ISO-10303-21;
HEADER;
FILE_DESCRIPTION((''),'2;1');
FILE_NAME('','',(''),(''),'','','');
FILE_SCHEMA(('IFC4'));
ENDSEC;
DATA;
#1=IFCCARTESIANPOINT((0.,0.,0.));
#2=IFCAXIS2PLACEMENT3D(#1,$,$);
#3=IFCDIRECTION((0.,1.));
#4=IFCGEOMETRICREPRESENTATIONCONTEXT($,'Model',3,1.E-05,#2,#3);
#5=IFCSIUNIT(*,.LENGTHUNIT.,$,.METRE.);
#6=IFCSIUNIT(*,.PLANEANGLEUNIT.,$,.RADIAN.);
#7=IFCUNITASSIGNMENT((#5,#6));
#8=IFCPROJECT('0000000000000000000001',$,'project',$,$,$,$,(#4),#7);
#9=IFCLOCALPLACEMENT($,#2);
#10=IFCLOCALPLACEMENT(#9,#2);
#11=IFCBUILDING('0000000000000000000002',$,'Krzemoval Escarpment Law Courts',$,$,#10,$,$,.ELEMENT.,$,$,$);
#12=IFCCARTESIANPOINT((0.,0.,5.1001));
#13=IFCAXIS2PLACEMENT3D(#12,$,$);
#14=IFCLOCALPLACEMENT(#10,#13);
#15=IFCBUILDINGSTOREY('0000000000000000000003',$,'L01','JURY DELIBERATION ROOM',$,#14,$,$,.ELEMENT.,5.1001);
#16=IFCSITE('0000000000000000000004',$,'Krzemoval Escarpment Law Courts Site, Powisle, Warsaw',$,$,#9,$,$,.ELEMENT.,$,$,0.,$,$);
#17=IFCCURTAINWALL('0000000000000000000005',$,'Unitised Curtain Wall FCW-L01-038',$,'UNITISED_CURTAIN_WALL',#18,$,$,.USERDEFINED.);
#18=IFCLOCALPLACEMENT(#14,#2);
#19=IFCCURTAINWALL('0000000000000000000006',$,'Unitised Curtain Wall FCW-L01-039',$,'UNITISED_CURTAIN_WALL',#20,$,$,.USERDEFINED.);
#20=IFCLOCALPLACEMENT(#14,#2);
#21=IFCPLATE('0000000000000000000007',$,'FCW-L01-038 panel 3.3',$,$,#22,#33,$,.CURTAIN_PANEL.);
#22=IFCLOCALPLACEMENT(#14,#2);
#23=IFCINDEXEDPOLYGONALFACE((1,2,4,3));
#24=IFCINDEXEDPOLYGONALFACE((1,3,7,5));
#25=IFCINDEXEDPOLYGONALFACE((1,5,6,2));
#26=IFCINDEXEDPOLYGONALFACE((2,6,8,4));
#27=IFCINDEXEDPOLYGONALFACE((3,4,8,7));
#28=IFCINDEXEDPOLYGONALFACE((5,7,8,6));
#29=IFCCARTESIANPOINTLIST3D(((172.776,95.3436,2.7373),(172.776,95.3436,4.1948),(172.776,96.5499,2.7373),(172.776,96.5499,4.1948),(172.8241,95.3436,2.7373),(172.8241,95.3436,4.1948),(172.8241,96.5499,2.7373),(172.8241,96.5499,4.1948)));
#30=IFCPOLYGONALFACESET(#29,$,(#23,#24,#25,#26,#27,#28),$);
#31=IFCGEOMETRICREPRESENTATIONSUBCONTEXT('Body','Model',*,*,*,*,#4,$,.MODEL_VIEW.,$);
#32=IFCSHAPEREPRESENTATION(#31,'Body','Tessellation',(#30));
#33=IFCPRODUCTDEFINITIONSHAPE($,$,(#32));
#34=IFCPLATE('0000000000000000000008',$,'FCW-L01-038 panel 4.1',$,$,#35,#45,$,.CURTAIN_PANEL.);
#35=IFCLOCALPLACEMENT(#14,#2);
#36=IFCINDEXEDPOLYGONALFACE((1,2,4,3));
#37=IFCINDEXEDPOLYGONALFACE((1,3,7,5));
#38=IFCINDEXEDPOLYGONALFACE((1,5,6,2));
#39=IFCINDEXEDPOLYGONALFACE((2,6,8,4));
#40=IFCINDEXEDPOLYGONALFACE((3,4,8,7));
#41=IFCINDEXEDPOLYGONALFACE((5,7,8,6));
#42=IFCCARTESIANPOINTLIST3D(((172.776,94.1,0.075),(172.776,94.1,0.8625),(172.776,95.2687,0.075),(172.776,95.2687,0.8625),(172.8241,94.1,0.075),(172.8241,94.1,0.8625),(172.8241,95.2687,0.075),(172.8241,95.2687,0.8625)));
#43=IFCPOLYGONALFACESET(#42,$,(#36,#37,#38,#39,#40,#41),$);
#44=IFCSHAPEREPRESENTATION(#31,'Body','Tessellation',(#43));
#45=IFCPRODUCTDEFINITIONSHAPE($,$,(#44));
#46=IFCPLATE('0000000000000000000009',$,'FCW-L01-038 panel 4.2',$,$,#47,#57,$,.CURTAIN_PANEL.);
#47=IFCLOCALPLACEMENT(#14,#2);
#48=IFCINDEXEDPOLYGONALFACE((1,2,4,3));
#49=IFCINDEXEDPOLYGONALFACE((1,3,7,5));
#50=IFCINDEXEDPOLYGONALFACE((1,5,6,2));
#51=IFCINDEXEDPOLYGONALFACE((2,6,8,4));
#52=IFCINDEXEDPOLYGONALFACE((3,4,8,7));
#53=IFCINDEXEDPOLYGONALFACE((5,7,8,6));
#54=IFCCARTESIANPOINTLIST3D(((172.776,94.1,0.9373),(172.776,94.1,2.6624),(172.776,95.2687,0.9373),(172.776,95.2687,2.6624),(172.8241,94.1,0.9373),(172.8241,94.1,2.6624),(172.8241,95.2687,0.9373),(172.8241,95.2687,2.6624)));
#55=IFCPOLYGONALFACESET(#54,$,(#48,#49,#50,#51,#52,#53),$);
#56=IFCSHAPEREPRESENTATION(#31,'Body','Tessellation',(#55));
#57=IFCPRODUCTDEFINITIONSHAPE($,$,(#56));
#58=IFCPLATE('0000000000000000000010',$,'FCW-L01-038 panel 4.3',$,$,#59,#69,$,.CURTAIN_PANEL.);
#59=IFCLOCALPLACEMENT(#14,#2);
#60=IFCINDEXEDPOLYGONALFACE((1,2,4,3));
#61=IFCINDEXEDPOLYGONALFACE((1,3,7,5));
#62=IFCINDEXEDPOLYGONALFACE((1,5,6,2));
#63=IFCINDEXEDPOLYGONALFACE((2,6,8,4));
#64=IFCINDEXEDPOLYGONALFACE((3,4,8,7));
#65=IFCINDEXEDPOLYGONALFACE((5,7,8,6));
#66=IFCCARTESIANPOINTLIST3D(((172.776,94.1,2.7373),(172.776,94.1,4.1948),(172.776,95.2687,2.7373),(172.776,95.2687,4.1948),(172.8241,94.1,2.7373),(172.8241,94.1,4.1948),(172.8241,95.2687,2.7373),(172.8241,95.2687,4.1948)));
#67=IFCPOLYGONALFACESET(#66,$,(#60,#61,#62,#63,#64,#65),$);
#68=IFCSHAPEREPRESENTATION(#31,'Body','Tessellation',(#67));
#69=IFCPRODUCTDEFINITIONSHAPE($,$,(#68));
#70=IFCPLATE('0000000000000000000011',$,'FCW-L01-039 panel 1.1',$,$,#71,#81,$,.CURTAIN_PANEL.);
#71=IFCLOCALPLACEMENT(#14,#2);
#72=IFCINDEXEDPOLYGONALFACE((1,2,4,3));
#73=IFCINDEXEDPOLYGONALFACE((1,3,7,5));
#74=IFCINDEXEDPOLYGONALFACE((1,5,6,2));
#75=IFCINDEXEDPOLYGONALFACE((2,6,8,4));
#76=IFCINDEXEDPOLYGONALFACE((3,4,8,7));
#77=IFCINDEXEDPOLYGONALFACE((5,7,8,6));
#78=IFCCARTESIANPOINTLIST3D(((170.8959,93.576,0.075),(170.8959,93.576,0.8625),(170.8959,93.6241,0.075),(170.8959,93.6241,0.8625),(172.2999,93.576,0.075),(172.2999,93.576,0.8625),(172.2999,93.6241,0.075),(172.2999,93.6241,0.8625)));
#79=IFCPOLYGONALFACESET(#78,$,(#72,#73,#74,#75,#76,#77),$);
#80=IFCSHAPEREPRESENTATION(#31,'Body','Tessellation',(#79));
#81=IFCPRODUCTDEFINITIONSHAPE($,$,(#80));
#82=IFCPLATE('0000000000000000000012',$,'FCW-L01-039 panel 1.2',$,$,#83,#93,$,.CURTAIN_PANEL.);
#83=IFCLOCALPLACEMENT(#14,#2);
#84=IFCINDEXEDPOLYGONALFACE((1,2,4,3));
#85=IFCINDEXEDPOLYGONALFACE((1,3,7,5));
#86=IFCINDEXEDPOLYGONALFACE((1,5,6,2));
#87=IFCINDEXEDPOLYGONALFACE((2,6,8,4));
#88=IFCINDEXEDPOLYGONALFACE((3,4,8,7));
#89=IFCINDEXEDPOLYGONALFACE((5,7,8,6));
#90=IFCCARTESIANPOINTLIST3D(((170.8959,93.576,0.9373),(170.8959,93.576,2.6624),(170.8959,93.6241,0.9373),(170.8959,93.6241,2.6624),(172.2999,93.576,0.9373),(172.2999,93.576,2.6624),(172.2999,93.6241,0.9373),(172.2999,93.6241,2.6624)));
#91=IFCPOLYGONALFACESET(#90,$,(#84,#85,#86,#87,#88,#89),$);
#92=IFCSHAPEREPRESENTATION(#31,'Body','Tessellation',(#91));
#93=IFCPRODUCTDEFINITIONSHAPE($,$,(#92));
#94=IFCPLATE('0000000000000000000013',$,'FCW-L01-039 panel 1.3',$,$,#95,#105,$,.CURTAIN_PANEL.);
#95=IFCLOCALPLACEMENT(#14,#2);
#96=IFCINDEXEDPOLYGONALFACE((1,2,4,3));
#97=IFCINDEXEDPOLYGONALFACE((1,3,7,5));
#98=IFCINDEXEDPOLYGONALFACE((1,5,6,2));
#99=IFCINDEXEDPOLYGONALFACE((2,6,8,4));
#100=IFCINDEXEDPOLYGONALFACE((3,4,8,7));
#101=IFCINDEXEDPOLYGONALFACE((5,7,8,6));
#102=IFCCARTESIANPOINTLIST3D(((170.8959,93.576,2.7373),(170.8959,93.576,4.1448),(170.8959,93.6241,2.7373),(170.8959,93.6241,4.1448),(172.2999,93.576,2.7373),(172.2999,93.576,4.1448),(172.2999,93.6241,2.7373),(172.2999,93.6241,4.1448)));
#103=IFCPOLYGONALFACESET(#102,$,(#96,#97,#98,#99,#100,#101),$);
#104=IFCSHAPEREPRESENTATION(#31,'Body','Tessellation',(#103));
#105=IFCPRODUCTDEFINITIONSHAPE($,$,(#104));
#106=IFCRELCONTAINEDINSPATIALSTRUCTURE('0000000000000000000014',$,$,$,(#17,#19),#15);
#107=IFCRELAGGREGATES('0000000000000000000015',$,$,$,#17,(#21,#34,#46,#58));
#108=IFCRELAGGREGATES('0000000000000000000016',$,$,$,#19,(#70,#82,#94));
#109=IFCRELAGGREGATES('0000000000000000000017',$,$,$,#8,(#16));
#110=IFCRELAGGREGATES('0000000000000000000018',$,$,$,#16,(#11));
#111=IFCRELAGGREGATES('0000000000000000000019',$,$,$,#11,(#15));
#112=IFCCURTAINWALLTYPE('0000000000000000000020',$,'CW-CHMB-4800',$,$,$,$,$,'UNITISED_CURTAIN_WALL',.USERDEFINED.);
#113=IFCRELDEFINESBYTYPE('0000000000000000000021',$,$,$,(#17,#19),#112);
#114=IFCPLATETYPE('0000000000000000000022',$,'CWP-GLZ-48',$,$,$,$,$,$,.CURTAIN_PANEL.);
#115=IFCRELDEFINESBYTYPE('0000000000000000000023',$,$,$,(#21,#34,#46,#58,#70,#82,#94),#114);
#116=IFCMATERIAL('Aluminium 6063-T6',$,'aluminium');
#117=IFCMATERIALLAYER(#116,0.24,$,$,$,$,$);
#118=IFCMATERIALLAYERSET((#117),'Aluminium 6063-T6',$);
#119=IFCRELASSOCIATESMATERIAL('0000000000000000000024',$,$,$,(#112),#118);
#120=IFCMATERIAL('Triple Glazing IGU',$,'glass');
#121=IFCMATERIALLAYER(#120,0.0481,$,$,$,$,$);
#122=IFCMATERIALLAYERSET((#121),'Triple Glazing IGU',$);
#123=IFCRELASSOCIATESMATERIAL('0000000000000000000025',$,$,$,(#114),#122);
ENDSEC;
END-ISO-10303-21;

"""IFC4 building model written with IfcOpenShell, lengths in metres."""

from ifc_helpers import new_model, si_unit, direction, frame, origin, origin_2d, place, context, subcontext, project, spatial, rectangle, extrude, material, layer, layer_set, type_object, element, aggregate, save


model = new_model("IFC4")

# Units and contexts
model_context = context("Model", 3, precision=1e-05, world=origin(), true_north=direction((0.0, 1.0)))
body_context = subcontext(model_context, "Body", "Model", "MODEL_VIEW")
ifc_project = project(units=[si_unit("LENGTHUNIT", "METRE"), si_unit("PLANEANGLEUNIT", "RADIAN")], contexts=[model_context])

# Site, building, storey
site_placement = place(None, origin())
site = spatial("IfcSite", under=ifc_project, at=site_placement, Name="Krzemoval Escarpment Law Courts Site, Powisle, Warsaw", CompositionType="ELEMENT", RefElevation=0.0)
building_placement = place(site_placement, origin())
building = spatial("IfcBuilding", under=site, at=building_placement, Name="Krzemoval Escarpment Law Courts", CompositionType="ELEMENT")
storey_placement = place(building_placement, frame((0.0, 0.0, 5.1001)))
storey = spatial("IfcBuildingStorey", under=building, at=storey_placement, Name="L01", Description="JURY DELIBERATION ROOM", CompositionType="ELEMENT", Elevation=5.1001)

# Curtain walls
ifc_material_1 = material(Name="Aluminium 6063-T6", Category="aluminium")
ifc_layer_1 = layer(ifc_material_1, 0.24)
ifc_layer_set_1 = layer_set([ifc_layer_1], Name="Aluminium 6063-T6")
curtain_wall_type = type_object("IfcCurtainWallType", Name="CW-CHMB-4800", ElementType="UNITISED_CURTAIN_WALL", PredefinedType="USERDEFINED", material=ifc_layer_set_1)
curtain_wall_1_placement = place(storey_placement, origin())
curtain_wall_1 = element("IfcCurtainWall", 1, at=curtain_wall_1_placement, inside=storey, type_object=curtain_wall_type, Name="Unitised Curtain Wall FCW-L01-038", ObjectType="UNITISED_CURTAIN_WALL", PredefinedType="USERDEFINED")
curtain_wall_2_placement = place(storey_placement, origin())
curtain_wall_2 = element("IfcCurtainWall", 2, at=curtain_wall_2_placement, inside=storey, type_object=curtain_wall_type, Name="Unitised Curtain Wall FCW-L01-039", ObjectType="UNITISED_CURTAIN_WALL", PredefinedType="USERDEFINED")

# Plates
ifc_material_2 = material(Name="Triple Glazing IGU", Category="glass")
ifc_layer_2 = layer(ifc_material_2, 0.0481)
ifc_layer_set_2 = layer_set([ifc_layer_2], Name="Triple Glazing IGU")
plate_type = type_object("IfcPlateType", Name="CWP-GLZ-48", PredefinedType="CURTAIN_PANEL", material=ifc_layer_set_2)
plate_1_placement = place(storey_placement, frame((172.8, 95.9468, 2.7373), z_axis=(0.0, 0.0, 1.0), x_axis=(0.0, -1.0, 0.0)))
plate_1 = element("IfcPlate", 3, at=plate_1_placement, type_object=plate_type, Name="FCW-L01-038 panel 3.3", PredefinedType="CURTAIN_PANEL", context=body_context, shape_type="SweptSolid", body=[
    extrude(rectangle(XDim=1.2063, YDim=0.0481, at=origin_2d()), origin(), (0.0, 0.0, 1.0), 1.4575),
])
plate_2_placement = place(storey_placement, frame((172.8, 94.6843, 0.075), z_axis=(0.0, 0.0, 1.0), x_axis=(0.0, -1.0, 0.0)))
plate_2 = element("IfcPlate", 4, at=plate_2_placement, type_object=plate_type, Name="FCW-L01-038 panel 4.1", PredefinedType="CURTAIN_PANEL", context=body_context, shape_type="SweptSolid", body=[
    extrude(rectangle(XDim=1.1687, YDim=0.0481, at=origin_2d()), origin(), (0.0, 0.0, 1.0), 0.7876),
])
plate_3_placement = place(storey_placement, frame((172.8, 94.6843, 0.9373), z_axis=(0.0, 0.0, 1.0), x_axis=(0.0, -1.0, 0.0)))
plate_3 = element("IfcPlate", 5, at=plate_3_placement, type_object=plate_type, Name="FCW-L01-038 panel 4.2", PredefinedType="CURTAIN_PANEL", context=body_context, shape_type="SweptSolid", body=[
    extrude(rectangle(XDim=1.1687, YDim=0.0481, at=origin_2d()), origin(), (0.0, 0.0, 1.0), 1.7251),
])
plate_4_placement = place(storey_placement, frame((172.8, 94.6843, 2.7373), z_axis=(0.0, 0.0, 1.0), x_axis=(0.0, -1.0, 0.0)))
plate_4 = element("IfcPlate", 6, at=plate_4_placement, type_object=plate_type, Name="FCW-L01-038 panel 4.3", PredefinedType="CURTAIN_PANEL", context=body_context, shape_type="SweptSolid", body=[
    extrude(rectangle(XDim=1.1687, YDim=0.0481, at=origin_2d()), origin(), (0.0, 0.0, 1.0), 1.4575),
])
aggregate(curtain_wall_1, [plate_1, plate_2, plate_3, plate_4])
plate_5_placement = place(storey_placement, frame((171.5979, 93.6001, 0.075), z_axis=(0.0, 0.0, 1.0), x_axis=(-1.0, 0.0, 0.0)))
plate_5 = element("IfcPlate", 7, at=plate_5_placement, type_object=plate_type, Name="FCW-L01-039 panel 1.1", PredefinedType="CURTAIN_PANEL", context=body_context, shape_type="SweptSolid", body=[
    extrude(rectangle(XDim=1.4041, YDim=0.0481, at=origin_2d()), origin(), (0.0, 0.0, 1.0), 0.7876),
])
plate_6_placement = place(storey_placement, frame((171.5979, 93.6001, 0.9373), z_axis=(0.0, 0.0, 1.0), x_axis=(-1.0, 0.0, 0.0)))
plate_6 = element("IfcPlate", 8, at=plate_6_placement, type_object=plate_type, Name="FCW-L01-039 panel 1.2", PredefinedType="CURTAIN_PANEL", context=body_context, shape_type="SweptSolid", body=[
    extrude(rectangle(XDim=1.4041, YDim=0.0481, at=origin_2d()), origin(), (0.0, 0.0, 1.0), 1.7251),
])
plate_7_placement = place(storey_placement, frame((171.5979, 93.6001, 2.7373), z_axis=(0.0, 0.0, 1.0), x_axis=(-1.0, 0.0, 0.0)))
plate_7 = element("IfcPlate", 9, at=plate_7_placement, type_object=plate_type, Name="FCW-L01-039 panel 1.3", PredefinedType="CURTAIN_PANEL", context=body_context, shape_type="SweptSolid", body=[
    extrude(rectangle(XDim=1.4041, YDim=0.0481, at=origin_2d()), origin(), (0.0, 0.0, 1.0), 1.4075),
])
aggregate(curtain_wall_2, [plate_5, plate_6, plate_7])

save(model, "model.ifc")
